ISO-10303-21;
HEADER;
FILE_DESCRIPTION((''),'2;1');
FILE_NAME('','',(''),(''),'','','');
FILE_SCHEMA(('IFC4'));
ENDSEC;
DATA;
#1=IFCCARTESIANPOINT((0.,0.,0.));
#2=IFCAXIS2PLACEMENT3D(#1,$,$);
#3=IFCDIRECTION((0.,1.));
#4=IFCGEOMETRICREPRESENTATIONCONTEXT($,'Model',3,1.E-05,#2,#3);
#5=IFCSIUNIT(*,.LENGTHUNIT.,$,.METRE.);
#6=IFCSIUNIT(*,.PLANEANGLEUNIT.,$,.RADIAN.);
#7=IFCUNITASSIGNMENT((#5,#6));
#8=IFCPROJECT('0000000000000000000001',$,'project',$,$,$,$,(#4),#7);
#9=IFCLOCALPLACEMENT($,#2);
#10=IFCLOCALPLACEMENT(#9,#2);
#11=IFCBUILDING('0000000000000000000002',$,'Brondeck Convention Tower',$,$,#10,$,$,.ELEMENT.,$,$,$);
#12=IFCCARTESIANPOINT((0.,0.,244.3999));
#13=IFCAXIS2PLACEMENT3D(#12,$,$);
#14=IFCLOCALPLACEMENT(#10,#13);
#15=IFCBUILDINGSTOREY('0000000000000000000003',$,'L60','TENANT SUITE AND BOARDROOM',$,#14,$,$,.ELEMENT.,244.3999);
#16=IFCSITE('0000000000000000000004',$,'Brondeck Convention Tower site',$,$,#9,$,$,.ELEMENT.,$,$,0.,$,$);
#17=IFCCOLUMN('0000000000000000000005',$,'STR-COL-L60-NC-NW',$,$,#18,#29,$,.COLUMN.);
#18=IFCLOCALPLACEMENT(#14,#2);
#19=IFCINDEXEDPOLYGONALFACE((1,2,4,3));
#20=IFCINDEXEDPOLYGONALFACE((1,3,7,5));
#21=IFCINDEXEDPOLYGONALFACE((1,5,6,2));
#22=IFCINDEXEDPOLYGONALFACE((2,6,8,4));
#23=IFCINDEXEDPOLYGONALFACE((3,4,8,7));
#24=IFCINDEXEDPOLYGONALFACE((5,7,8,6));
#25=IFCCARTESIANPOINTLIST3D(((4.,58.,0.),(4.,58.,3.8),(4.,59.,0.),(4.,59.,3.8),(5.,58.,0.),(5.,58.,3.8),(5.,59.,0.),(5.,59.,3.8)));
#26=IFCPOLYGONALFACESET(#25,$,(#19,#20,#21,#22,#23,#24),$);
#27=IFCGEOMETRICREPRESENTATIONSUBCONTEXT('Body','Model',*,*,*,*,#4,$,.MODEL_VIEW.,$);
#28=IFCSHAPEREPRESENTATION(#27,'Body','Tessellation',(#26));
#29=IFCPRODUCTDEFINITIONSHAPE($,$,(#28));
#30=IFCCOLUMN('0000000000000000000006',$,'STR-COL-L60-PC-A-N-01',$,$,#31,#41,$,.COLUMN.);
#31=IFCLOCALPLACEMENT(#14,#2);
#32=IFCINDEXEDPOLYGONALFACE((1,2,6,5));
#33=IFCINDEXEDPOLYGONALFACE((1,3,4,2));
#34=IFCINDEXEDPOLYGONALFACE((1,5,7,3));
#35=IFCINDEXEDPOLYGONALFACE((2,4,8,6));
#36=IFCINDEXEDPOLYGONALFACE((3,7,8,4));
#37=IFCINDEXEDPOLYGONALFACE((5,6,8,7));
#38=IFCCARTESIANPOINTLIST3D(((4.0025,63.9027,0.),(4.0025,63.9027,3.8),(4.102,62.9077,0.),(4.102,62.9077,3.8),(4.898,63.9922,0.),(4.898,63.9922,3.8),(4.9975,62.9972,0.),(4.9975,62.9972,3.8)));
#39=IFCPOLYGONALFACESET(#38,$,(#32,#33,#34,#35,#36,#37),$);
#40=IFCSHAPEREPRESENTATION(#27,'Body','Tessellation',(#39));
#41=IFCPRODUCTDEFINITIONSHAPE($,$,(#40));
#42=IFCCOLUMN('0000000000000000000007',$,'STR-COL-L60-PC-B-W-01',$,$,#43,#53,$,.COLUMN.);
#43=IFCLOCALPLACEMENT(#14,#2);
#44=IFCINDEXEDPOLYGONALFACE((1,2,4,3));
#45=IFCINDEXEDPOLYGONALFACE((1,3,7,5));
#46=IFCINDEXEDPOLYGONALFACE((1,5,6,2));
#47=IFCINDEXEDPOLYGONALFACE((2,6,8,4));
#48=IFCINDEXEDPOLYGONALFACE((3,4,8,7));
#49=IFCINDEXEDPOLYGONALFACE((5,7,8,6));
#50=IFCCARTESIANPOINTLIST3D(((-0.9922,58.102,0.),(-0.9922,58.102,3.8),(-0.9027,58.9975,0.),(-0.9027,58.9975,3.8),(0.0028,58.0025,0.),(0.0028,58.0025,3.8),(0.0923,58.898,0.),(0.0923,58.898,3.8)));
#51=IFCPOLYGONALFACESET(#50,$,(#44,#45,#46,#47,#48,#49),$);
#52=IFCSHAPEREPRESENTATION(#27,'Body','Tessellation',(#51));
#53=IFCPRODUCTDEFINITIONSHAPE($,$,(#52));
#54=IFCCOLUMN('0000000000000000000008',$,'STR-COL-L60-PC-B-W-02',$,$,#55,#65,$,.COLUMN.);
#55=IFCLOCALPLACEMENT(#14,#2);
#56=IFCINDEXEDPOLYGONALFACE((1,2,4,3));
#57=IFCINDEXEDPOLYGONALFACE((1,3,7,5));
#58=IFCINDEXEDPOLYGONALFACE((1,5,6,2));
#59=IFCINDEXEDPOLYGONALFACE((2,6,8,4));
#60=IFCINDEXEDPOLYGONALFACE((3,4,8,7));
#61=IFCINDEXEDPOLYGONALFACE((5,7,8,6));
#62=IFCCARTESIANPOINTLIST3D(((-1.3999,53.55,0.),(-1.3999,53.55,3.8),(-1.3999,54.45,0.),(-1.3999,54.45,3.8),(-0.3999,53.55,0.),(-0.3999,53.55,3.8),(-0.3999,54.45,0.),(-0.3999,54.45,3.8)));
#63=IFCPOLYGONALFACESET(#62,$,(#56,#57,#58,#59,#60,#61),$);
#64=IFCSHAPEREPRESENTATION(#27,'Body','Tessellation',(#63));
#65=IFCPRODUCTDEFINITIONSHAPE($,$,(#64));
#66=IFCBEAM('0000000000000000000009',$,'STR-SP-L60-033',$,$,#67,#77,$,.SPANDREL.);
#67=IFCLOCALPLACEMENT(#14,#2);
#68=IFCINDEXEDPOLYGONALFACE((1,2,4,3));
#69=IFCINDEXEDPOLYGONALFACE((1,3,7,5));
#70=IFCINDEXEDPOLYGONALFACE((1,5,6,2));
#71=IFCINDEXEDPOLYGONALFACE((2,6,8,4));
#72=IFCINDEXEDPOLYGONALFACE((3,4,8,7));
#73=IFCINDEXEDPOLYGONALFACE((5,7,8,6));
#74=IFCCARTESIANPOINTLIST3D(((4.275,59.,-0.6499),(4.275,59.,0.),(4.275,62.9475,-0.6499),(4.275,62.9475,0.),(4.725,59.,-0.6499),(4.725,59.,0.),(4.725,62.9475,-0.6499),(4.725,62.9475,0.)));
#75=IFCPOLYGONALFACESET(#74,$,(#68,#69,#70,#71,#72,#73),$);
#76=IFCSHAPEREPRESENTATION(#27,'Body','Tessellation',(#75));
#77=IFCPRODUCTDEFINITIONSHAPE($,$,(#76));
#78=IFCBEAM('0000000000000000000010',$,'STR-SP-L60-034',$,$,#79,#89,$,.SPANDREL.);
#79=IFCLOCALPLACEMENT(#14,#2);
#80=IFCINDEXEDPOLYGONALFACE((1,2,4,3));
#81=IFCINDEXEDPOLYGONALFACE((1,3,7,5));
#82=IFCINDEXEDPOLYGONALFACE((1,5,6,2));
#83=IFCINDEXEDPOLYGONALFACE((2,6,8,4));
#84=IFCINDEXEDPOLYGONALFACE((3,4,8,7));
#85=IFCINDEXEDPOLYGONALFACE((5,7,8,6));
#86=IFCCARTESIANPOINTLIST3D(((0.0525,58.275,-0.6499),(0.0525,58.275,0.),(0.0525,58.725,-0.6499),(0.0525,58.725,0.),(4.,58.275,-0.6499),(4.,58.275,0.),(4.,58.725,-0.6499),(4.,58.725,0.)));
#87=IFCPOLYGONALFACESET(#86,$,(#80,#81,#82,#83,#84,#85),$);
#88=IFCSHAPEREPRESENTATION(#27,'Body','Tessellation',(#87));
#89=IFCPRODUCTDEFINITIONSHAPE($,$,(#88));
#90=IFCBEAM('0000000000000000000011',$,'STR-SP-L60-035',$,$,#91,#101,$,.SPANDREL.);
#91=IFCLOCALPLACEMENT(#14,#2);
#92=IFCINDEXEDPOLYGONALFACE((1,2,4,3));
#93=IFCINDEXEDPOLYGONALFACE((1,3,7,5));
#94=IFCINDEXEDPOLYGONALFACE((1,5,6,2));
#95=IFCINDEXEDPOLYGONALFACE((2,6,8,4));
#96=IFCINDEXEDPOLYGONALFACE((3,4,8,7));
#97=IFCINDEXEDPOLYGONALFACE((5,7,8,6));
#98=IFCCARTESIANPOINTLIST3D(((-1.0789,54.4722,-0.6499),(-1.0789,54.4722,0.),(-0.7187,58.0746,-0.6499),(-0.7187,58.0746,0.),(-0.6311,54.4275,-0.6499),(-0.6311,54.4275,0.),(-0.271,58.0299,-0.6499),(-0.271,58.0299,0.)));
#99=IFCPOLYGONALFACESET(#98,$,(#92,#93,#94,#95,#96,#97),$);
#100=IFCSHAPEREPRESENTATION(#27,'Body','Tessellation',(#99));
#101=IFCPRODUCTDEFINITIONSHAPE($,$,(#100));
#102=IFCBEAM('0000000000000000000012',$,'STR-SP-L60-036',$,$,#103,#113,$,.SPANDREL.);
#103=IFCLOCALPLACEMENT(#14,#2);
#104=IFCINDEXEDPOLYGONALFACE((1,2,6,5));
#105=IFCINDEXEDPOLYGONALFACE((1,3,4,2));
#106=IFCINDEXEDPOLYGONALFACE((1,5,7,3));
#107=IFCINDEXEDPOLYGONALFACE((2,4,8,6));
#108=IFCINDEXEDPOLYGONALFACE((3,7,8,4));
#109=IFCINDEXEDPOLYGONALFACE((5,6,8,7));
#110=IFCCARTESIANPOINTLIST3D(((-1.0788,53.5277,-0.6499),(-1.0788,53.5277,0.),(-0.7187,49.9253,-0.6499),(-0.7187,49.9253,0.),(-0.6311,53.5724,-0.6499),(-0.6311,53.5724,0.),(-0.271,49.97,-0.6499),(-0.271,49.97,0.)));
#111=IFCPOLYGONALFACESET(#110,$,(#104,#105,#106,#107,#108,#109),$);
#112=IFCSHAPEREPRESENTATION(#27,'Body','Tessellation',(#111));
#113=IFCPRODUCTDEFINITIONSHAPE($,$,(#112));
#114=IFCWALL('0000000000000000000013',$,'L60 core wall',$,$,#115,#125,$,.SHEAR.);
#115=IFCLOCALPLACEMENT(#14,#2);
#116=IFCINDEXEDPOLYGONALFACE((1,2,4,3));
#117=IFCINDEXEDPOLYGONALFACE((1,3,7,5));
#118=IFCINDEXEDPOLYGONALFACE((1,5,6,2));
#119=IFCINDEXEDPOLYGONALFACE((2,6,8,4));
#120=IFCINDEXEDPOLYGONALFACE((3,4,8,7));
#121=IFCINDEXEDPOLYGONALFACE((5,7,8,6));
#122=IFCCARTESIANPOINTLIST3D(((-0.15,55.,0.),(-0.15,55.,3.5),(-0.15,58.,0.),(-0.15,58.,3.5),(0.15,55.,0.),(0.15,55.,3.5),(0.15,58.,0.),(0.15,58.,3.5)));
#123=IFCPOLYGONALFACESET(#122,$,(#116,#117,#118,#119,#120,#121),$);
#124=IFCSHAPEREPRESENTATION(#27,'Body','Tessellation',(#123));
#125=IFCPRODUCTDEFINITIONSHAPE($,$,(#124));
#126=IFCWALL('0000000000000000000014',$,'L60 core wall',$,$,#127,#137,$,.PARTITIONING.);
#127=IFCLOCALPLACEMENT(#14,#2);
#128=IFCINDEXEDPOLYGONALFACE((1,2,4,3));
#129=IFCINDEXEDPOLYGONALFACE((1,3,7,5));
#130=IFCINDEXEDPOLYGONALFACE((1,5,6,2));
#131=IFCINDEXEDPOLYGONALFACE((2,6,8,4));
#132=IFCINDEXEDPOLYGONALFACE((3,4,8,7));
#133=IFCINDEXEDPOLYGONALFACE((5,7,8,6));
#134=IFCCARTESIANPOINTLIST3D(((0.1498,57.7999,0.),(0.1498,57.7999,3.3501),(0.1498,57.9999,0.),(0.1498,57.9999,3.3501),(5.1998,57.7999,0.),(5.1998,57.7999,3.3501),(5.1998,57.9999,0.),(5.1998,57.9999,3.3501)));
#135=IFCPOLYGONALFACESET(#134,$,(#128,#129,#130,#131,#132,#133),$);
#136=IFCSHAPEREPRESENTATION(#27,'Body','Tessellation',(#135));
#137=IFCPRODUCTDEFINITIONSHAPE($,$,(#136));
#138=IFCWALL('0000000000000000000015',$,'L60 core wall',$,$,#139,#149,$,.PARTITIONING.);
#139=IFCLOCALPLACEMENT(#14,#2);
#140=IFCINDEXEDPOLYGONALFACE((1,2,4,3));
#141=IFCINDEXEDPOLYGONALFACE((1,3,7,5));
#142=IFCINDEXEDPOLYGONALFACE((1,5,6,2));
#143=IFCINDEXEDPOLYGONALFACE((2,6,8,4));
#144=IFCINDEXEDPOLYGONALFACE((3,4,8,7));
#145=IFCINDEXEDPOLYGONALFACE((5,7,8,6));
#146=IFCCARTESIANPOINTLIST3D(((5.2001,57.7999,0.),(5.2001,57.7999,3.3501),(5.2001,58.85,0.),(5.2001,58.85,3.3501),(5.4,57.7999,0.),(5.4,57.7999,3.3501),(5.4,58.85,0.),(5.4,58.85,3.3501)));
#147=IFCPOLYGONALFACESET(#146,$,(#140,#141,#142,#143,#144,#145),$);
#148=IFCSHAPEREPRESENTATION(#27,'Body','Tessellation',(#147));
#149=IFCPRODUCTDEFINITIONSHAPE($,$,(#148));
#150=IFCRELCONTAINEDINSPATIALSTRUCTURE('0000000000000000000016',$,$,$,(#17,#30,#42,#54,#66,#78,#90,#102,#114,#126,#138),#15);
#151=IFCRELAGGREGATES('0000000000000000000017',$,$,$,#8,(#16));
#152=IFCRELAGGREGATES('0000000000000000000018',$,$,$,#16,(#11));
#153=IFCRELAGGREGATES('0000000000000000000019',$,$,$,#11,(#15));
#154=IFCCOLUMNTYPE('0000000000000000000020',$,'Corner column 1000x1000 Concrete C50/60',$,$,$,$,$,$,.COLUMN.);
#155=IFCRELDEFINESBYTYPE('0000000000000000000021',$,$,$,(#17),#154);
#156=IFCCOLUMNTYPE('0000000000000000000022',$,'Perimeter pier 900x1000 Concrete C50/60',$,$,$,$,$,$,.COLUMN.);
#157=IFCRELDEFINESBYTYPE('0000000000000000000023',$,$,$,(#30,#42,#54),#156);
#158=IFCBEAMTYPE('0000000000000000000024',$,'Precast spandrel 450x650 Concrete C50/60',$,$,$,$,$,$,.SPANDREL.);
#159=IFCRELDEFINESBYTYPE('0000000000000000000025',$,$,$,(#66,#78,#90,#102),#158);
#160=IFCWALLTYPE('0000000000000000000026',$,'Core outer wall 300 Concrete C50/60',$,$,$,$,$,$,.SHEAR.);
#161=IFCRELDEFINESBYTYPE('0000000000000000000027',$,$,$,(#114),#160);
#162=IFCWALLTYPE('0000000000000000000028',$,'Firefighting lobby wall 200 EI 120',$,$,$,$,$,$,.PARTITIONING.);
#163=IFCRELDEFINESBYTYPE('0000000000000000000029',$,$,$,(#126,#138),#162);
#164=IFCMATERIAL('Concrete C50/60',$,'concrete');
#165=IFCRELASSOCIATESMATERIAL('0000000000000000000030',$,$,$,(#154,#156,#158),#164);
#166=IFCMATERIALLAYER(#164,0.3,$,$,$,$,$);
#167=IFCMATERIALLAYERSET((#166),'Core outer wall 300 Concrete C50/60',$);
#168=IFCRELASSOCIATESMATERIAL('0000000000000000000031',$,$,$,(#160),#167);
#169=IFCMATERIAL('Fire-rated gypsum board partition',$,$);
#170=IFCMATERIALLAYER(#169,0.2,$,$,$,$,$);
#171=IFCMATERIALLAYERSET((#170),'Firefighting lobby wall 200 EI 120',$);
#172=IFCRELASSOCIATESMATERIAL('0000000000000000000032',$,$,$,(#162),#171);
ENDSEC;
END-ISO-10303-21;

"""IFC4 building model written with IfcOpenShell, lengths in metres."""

from ifc_helpers import new_model, si_unit, direction, frame, frame_2d, origin, origin_2d, place, context, subcontext, project, spatial, rectangle, extrude, material, layer, layer_set, material_profile, profile_set, type_object, element, save


model = new_model("IFC4")

# Units and contexts
model_context = context("Model", 3, precision=1e-05, world=origin(), true_north=direction((0.0, 1.0)))
body_context = subcontext(model_context, "Body", "Model", "MODEL_VIEW")
ifc_project = project(units=[si_unit("LENGTHUNIT", "METRE"), si_unit("PLANEANGLEUNIT", "RADIAN")], contexts=[model_context])

# Site, building, storey
site_placement = place(None, origin())
site = spatial("IfcSite", under=ifc_project, at=site_placement, Name="Brondeck Convention Tower site", CompositionType="ELEMENT", RefElevation=0.0)
building_placement = place(site_placement, origin())
building = spatial("IfcBuilding", under=site, at=building_placement, Name="Brondeck Convention Tower", CompositionType="ELEMENT")
storey_placement = place(building_placement, frame((0.0, 0.0, 244.3999)))
storey = spatial("IfcBuildingStorey", under=building, at=storey_placement, Name="L60", Description="TENANT SUITE AND BOARDROOM", CompositionType="ELEMENT", Elevation=244.3999)

# Columns
ifc_material_1 = material(Name="Concrete C50/60", Category="concrete")
ifc_material_profile_1 = material_profile(ifc_material_1, rectangle(XDim=1.0, YDim=1.0, at=origin_2d()), Name="Corner column 1000x1000 Concrete C50/60")
ifc_profile_set_1 = profile_set([ifc_material_profile_1], Name="Concrete C50/60")
column_type_1 = type_object("IfcColumnType", Name="Corner column 1000x1000 Concrete C50/60", PredefinedType="COLUMN", material=ifc_profile_set_1)
column_placement = place(storey_placement, frame((4.5, 58.5, 0.0), z_axis=(0.0, 0.0, 1.0), x_axis=(1.0, 0.0, 0.0)))
element("IfcColumn", 1, at=column_placement, inside=storey, type_object=column_type_1, Name="STR-COL-L60-NC-NW", PredefinedType="COLUMN", context=body_context, shape_type="SweptSolid", body=[
    extrude(rectangle(XDim=1.0, YDim=1.0, at=origin_2d()), origin(), (0.0, 0.0, 1.0), 3.8),
])
ifc_material_profile_2 = material_profile(ifc_material_1, rectangle(XDim=0.8999, YDim=1.0, at=origin_2d()), Name="Perimeter pier 900x1000 Concrete C50/60")
ifc_profile_set_2 = profile_set([ifc_material_profile_2], Name="Concrete C50/60")
column_type_2 = type_object("IfcColumnType", Name="Perimeter pier 900x1000 Concrete C50/60", PredefinedType="COLUMN", material=ifc_profile_set_2)
for number, where, z_axis, x_axis, name in (
    (2, (4.5, 63.45, 0.0), (0.0, 0.0, 1.0), (-0.995037, -0.099504, 0.0), "STR-COL-L60-PC-A-N-01"),
    (3, (-0.45, 58.5, 0.0), (0.0, 0.0, 1.0), (-0.099504, -0.995037, 0.0), "STR-COL-L60-PC-B-W-01"),
    (4, (-0.8999, 54.0, 0.0), (0.0, 0.0, 1.0), (0.0, -1.0, 0.0), "STR-COL-L60-PC-B-W-02"),
):
    element("IfcColumn", number, at=place(storey_placement, frame(where, z_axis=z_axis, x_axis=x_axis)), inside=storey, type_object=column_type_2, Name=name, PredefinedType="COLUMN", context=body_context, shape_type="SweptSolid", body=[
        extrude(rectangle(XDim=0.8999, YDim=1.0, at=origin_2d()), origin(), (0.0, 0.0, 1.0), 3.8),
    ])

# Beams
ifc_material_profile_3 = material_profile(ifc_material_1, rectangle(XDim=0.45, YDim=0.6499, at=origin_2d()), Name="Precast spandrel 450x650 Concrete C50/60")
ifc_profile_set_3 = profile_set([ifc_material_profile_3], Name="Concrete C50/60")
beam_type = type_object("IfcBeamType", Name="Precast spandrel 450x650 Concrete C50/60", PredefinedType="SPANDREL", material=ifc_profile_set_3)
for number, where, z_axis, x_axis, name in (
    (5, (4.5, 62.9475, -0.325), (0.0, -1.0, 0.0), (1.0, 0.0, 0.0), "STR-SP-L60-033"),
    (6, (4.0, 58.5, -0.325), (-1.0, 0.0, 0.0), (0.0, -1.0, 0.0), "STR-SP-L60-034"),
):
    element("IfcBeam", number, at=place(storey_placement, frame(where, z_axis=z_axis, x_axis=x_axis)), inside=storey, type_object=beam_type, Name=name, PredefinedType="SPANDREL", context=body_context, shape_type="SweptSolid", body=[
        extrude(rectangle(XDim=0.45, YDim=0.6499, at=origin_2d()), origin(), (0.0, 0.0, 1.0), 3.9475),
    ])
for number, where, z_axis, x_axis, name in (
    (7, (-0.4949, 58.0522, -0.325), (-0.09947, -0.995041, 0.0), (0.995041, -0.09947, 0.0), "STR-SP-L60-035"),
    (8, (-0.855, 53.55, -0.325), (0.09947, -0.995041, 0.0), (0.995041, 0.09947, 0.0), "STR-SP-L60-036"),
):
    element("IfcBeam", number, at=place(storey_placement, frame(where, z_axis=z_axis, x_axis=x_axis)), inside=storey, type_object=beam_type, Name=name, PredefinedType="SPANDREL", context=body_context, shape_type="SweptSolid", body=[
        extrude(rectangle(XDim=0.45, YDim=0.6499, at=origin_2d()), origin(), (0.0, 0.0, 1.0), 3.6204),
    ])

# Walls
ifc_layer_1 = layer(ifc_material_1, 0.3)
ifc_layer_set_1 = layer_set([ifc_layer_1], Name="Core outer wall 300 Concrete C50/60")
wall_type_1 = type_object("IfcWallType", Name="Core outer wall 300 Concrete C50/60", PredefinedType="SHEAR", material=ifc_layer_set_1)
wall_1_placement = place(storey_placement, frame((0.0, 55.0, 0.0), z_axis=(0.0, 0.0, 1.0), x_axis=(0.0, 1.0, 0.0)))
element("IfcWall", 9, at=wall_1_placement, inside=storey, type_object=wall_type_1, Name="L60 core wall", PredefinedType="SHEAR", context=body_context, shape_type="SweptSolid", body=[
    extrude(rectangle(XDim=3.0, YDim=0.3, at=frame_2d((1.5, 0.0))), origin(), (0.0, 0.0, 1.0), 3.5),
])
ifc_material_2 = material(Name="Fire-rated gypsum board partition")
ifc_layer_2 = layer(ifc_material_2, 0.2)
ifc_layer_set_2 = layer_set([ifc_layer_2], Name="Firefighting lobby wall 200 EI 120")
wall_type_2 = type_object("IfcWallType", Name="Firefighting lobby wall 200 EI 120", PredefinedType="PARTITIONING", material=ifc_layer_set_2)
wall_2_placement = place(storey_placement, frame((0.1499, 57.8999, 0.0), z_axis=(0.0, 0.0, 1.0), x_axis=(1.0, 0.0, 0.0)))
element("IfcWall", 10, at=wall_2_placement, inside=storey, type_object=wall_type_2, Name="L60 core wall", PredefinedType="PARTITIONING", context=body_context, shape_type="SweptSolid", body=[
    extrude(rectangle(XDim=5.05, YDim=0.2, at=frame_2d((2.5249, 0.0))), origin(), (0.0, 0.0, 1.0), 3.3501),
])
wall_3_placement = place(storey_placement, frame((5.3, 57.8, 0.0), z_axis=(0.0, 0.0, 1.0), x_axis=(0.0, 1.0, 0.0)))
element("IfcWall", 11, at=wall_3_placement, inside=storey, type_object=wall_type_2, Name="L60 core wall", PredefinedType="PARTITIONING", context=body_context, shape_type="SweptSolid", body=[
    extrude(rectangle(XDim=1.05, YDim=0.2, at=frame_2d((0.5249, 0.0))), origin(), (0.0, 0.0, 1.0), 3.3501),
])

save(model, "model.ifc")
